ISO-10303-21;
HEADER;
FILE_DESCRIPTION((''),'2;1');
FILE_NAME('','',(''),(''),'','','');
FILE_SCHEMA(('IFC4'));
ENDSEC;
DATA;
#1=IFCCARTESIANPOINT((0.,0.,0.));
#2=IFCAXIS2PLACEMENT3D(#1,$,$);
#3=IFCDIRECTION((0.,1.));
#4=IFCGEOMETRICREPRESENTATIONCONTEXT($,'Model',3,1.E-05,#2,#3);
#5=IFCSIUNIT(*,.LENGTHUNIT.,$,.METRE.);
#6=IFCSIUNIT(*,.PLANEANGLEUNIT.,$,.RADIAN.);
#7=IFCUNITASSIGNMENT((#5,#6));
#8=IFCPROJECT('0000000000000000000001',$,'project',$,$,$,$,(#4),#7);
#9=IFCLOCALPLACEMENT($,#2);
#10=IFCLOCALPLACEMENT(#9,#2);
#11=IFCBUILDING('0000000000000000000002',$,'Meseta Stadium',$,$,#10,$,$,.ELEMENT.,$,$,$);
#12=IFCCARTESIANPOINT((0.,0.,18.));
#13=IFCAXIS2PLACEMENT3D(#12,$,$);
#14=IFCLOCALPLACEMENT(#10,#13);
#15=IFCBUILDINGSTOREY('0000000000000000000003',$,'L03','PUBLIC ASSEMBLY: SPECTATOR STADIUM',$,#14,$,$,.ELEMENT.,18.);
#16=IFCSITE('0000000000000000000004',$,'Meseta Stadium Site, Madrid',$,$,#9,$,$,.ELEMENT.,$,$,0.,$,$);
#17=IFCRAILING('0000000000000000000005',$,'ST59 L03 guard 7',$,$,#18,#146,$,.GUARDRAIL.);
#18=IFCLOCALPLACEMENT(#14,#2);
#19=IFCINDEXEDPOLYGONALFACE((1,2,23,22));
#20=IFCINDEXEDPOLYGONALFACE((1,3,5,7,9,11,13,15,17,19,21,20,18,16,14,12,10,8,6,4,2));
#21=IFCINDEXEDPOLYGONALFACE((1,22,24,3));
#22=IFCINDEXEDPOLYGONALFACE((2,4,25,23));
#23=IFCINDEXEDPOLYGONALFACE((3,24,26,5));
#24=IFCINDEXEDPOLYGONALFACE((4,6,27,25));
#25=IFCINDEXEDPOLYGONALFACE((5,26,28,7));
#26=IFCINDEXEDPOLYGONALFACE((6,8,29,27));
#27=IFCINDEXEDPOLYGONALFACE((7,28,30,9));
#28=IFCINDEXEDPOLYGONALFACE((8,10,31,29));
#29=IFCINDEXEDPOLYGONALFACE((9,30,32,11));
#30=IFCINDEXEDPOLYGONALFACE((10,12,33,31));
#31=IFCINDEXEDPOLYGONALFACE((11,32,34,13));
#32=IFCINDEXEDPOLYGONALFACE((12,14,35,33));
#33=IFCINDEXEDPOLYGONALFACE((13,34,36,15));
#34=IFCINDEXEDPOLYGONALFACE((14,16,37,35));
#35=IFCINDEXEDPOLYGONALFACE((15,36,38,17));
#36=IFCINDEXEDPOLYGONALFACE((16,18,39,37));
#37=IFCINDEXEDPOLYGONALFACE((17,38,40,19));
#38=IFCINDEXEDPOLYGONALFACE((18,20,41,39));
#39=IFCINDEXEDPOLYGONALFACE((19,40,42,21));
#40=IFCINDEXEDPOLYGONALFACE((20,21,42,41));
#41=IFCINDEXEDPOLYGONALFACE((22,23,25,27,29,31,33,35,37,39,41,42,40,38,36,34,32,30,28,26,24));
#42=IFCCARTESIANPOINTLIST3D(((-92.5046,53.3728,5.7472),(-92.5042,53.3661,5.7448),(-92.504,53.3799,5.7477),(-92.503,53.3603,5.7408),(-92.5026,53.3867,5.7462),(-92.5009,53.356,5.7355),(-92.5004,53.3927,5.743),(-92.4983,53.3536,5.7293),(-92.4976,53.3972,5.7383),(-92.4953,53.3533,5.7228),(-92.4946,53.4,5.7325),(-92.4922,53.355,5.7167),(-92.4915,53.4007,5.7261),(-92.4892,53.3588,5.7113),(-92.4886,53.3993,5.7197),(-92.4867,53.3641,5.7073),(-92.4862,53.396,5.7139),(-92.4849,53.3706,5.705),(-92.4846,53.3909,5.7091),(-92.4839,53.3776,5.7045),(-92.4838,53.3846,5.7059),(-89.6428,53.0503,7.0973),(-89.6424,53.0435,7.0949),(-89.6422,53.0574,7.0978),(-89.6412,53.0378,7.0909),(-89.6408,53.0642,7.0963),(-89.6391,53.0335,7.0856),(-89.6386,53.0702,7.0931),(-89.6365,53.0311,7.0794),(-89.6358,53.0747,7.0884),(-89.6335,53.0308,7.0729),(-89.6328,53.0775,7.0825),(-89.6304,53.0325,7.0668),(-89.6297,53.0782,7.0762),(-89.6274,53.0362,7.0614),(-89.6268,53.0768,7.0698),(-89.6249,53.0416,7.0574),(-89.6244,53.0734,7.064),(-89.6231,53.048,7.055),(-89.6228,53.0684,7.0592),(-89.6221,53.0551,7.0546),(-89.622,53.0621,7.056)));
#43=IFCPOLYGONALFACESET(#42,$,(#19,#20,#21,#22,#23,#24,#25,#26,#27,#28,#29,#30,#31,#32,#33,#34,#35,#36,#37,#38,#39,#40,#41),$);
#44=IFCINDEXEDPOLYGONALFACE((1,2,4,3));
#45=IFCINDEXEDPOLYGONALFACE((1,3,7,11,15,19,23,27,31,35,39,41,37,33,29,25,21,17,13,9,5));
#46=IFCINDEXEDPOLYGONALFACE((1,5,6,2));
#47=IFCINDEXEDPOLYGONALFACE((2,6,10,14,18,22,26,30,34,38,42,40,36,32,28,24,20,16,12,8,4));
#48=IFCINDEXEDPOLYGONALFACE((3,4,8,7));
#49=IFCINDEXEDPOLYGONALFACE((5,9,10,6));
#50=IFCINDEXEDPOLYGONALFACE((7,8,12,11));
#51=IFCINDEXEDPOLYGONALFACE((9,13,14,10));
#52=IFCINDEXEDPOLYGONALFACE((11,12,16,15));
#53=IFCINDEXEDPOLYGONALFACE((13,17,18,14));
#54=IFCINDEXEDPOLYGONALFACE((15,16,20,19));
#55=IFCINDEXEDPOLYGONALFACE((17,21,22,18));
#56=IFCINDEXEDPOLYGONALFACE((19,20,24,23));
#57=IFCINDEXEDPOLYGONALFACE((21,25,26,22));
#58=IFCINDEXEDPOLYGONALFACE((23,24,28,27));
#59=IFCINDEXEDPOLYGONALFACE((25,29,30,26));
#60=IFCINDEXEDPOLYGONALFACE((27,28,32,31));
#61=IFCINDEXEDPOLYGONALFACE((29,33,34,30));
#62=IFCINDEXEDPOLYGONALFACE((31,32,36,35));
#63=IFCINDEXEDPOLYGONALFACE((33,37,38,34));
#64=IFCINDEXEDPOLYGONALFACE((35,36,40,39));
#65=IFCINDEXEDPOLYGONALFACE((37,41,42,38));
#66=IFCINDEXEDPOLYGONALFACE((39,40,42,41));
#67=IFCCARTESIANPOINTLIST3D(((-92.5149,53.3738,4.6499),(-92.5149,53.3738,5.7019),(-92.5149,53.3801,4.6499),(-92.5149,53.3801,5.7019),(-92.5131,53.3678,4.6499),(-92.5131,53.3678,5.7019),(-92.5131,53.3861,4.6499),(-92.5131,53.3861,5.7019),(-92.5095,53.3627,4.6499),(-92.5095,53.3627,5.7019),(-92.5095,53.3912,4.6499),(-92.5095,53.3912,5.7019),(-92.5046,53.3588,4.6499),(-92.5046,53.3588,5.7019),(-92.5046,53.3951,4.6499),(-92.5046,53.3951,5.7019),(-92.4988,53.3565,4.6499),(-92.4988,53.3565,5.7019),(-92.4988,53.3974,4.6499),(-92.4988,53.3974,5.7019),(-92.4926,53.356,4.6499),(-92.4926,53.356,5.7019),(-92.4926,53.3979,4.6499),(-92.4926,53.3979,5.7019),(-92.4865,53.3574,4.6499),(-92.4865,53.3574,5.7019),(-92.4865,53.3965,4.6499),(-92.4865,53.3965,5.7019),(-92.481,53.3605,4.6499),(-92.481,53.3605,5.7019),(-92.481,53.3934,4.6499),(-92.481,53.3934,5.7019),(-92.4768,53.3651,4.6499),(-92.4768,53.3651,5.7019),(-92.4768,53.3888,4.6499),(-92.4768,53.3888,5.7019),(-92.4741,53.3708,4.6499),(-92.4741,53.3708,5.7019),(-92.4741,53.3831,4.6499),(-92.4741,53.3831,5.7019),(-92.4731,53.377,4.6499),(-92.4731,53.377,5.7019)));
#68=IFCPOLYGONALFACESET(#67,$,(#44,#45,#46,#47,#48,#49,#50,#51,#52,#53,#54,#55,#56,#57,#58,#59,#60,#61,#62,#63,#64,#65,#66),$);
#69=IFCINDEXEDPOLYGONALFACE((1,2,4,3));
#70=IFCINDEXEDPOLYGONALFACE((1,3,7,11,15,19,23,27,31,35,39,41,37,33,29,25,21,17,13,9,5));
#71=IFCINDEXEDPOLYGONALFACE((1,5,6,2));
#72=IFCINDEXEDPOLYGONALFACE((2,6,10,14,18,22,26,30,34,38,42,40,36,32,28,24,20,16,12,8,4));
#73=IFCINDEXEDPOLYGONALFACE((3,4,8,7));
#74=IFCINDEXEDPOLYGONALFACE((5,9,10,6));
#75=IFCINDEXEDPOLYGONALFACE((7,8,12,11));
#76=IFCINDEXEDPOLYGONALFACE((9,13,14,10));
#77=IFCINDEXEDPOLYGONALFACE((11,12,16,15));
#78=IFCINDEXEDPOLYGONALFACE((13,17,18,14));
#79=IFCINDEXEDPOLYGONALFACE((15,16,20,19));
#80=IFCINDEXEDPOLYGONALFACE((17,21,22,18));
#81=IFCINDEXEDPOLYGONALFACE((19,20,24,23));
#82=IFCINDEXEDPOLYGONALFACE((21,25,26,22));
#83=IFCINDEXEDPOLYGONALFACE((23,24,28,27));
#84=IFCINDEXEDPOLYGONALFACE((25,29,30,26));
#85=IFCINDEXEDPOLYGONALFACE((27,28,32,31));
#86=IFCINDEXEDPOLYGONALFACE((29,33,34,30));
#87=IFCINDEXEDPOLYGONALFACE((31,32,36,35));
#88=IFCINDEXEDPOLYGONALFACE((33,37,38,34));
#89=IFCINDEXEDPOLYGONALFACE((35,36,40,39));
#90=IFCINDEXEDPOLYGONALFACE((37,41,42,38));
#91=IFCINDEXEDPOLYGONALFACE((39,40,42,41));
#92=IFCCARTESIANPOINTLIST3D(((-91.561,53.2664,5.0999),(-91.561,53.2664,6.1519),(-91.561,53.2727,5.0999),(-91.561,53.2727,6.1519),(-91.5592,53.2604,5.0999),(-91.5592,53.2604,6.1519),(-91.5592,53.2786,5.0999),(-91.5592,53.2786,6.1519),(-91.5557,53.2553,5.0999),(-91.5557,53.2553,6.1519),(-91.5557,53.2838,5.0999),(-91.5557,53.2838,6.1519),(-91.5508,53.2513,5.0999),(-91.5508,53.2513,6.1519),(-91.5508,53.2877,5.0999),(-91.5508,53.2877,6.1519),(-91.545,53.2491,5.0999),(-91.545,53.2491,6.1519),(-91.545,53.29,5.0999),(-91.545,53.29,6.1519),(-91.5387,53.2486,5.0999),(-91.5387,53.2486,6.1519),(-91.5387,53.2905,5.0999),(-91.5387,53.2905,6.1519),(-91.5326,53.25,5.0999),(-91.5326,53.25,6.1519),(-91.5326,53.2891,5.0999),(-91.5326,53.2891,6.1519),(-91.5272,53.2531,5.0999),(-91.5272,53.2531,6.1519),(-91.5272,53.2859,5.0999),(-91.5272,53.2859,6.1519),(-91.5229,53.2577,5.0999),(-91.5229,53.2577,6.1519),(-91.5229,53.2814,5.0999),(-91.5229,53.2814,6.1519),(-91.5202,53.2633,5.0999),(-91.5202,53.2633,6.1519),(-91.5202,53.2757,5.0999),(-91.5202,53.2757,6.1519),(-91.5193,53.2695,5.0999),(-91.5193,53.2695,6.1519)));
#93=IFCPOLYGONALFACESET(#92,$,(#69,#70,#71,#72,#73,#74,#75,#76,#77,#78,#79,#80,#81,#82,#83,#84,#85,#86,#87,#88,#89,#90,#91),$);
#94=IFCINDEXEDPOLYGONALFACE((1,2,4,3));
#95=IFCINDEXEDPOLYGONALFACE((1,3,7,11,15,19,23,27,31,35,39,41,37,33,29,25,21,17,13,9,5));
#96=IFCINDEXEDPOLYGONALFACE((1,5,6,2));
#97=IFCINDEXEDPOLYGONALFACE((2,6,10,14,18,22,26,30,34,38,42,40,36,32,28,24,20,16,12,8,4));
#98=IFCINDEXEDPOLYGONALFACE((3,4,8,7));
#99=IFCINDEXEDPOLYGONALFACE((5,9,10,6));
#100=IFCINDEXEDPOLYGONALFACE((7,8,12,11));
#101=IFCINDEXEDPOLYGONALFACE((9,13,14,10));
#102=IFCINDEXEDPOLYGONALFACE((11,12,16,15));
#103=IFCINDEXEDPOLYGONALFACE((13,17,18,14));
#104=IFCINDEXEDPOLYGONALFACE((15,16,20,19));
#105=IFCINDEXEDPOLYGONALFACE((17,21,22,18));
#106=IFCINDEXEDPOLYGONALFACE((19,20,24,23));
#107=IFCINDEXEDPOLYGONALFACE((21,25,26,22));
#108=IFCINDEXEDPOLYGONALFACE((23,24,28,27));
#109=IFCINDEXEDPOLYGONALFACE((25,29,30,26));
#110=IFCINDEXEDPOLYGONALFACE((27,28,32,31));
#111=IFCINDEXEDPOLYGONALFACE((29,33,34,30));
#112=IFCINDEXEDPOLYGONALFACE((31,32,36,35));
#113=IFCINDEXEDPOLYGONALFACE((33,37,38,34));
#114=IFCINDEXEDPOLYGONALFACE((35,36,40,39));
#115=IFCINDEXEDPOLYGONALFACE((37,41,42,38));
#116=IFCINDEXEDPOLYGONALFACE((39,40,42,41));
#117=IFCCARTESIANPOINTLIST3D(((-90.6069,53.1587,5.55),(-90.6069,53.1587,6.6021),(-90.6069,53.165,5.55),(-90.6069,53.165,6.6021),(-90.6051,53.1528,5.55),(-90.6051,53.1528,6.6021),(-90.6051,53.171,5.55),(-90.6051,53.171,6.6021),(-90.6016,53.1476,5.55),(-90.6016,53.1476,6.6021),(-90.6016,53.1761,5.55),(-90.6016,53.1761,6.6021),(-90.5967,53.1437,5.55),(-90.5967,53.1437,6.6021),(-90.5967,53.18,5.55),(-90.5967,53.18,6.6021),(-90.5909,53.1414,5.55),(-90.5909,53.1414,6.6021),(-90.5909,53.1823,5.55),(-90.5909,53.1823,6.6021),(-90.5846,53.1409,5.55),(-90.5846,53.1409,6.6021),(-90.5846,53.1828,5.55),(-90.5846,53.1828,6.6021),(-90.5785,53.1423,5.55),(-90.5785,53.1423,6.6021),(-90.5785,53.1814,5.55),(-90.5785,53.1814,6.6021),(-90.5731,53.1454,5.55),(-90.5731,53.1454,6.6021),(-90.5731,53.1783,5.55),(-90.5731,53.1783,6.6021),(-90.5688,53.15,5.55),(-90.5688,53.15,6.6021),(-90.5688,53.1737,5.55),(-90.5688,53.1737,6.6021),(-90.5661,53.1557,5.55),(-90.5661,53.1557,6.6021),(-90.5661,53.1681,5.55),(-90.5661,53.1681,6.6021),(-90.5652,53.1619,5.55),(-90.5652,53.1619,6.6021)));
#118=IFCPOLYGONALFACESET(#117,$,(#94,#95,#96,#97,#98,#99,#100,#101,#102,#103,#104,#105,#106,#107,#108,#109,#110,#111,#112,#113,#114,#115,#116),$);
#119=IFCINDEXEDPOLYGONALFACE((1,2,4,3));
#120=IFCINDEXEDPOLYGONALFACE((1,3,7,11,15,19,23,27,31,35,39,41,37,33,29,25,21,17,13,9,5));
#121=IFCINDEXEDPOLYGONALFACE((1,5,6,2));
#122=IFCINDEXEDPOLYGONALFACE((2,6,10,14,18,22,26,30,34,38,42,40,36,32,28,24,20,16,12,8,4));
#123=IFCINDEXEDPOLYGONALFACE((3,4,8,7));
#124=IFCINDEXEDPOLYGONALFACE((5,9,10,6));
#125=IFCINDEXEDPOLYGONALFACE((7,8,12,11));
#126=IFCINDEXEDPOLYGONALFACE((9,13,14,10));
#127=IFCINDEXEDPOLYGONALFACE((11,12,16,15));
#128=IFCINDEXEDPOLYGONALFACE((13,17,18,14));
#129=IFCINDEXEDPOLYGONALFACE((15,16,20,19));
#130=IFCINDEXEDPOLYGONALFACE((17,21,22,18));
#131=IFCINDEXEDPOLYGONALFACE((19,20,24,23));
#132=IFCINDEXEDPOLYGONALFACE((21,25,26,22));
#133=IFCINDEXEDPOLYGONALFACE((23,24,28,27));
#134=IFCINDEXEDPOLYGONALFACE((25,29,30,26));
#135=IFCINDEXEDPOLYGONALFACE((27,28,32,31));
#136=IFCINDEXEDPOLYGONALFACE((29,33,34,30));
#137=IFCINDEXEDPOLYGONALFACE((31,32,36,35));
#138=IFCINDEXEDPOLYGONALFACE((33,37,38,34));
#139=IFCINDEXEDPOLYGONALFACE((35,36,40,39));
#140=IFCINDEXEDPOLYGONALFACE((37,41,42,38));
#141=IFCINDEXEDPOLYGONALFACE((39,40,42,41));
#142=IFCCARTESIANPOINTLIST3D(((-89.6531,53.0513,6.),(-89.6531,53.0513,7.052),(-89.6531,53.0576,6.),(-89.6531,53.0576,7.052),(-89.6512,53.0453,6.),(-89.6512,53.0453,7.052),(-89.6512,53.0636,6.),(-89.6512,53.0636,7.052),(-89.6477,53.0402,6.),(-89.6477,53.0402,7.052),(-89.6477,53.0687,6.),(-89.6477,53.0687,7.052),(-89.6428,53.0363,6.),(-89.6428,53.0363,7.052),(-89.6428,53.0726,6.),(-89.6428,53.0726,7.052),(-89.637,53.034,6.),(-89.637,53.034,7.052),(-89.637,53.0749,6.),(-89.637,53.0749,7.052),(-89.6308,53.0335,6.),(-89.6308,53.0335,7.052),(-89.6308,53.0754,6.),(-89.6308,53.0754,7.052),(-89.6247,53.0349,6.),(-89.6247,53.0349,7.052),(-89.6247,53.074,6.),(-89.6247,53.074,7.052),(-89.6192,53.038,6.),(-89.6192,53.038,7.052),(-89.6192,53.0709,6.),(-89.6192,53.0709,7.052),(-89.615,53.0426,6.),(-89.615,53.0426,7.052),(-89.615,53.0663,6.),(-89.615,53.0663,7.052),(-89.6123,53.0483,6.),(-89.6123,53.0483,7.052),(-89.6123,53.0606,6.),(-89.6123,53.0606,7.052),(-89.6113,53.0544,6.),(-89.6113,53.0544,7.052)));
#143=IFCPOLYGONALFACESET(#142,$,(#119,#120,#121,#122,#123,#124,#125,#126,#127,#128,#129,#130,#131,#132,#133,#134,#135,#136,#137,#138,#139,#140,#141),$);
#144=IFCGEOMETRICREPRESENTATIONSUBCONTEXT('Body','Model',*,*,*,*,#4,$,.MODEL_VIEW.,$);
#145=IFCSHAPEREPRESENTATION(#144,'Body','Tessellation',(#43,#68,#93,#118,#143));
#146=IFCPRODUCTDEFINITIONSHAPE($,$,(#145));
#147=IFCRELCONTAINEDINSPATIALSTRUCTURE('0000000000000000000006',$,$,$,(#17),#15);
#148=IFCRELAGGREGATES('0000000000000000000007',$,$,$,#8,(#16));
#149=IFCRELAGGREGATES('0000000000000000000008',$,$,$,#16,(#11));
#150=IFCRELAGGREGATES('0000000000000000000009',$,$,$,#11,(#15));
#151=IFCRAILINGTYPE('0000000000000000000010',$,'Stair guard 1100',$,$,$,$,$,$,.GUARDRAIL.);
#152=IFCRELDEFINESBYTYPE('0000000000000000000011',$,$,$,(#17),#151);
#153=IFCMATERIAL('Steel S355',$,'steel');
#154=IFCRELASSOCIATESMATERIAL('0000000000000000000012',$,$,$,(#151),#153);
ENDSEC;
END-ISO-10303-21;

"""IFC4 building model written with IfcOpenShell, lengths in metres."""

from ifc_helpers import new_model, si_unit, direction, frame, origin, origin_2d, place, context, subcontext, project, spatial, circle, extrude, material, type_object, element, save


model = new_model("IFC4")

# Units and contexts
model_context = context("Model", 3, precision=1e-05, world=origin(), true_north=direction((0.0, 1.0)))
body_context = subcontext(model_context, "Body", "Model", "MODEL_VIEW")
ifc_project = project(units=[si_unit("LENGTHUNIT", "METRE"), si_unit("PLANEANGLEUNIT", "RADIAN")], contexts=[model_context])

# Site, building, storey
site_placement = place(None, origin())
site = spatial("IfcSite", under=ifc_project, at=site_placement, Name="Meseta Stadium Site, Madrid", CompositionType="ELEMENT", RefElevation=0.0)
building_placement = place(site_placement, origin())
building = spatial("IfcBuilding", under=site, at=building_placement, Name="Meseta Stadium", CompositionType="ELEMENT")
storey_placement = place(building_placement, frame((0.0, 0.0, 18.0)))
storey = spatial("IfcBuildingStorey", under=building, at=storey_placement, Name="L03", Description="PUBLIC ASSEMBLY: SPECTATOR STADIUM", CompositionType="ELEMENT", Elevation=18.0)

# Railing
ifc_material_1 = material(Name="Steel S355", Category="steel")
railing_type_1 = type_object("IfcRailingType", Name="Stair guard 1100", PredefinedType="GUARDRAIL", material=ifc_material_1)
railing_1_placement = place(storey_placement, frame((-92.4941, 53.377, 4.6499)))
element("IfcRailing", 1, at=railing_1_placement, inside=storey, type_object=railing_type_1, Name="ST59 L03 guard 7", PredefinedType="GUARDRAIL", context=body_context, shape_type="SweptSolid", body=[
    extrude(circle(Radius=0.0239, at=origin_2d()), frame((0.0, 0.0, 1.0762), z_axis=(0.899748, -0.101396, 0.424467), x_axis=(0.111985, 0.99371, 0.0)), (0.0, 0.0, 1.0), 3.1807),
    extrude(circle(Radius=0.021, at=origin_2d()), origin(), (0.0, 0.0, 1.0), 1.052),
    extrude(circle(Radius=0.021, at=origin_2d()), frame((0.9539, -0.1074, 0.45)), (0.0, 0.0, 1.0), 1.052),
    extrude(circle(Radius=0.021, at=origin_2d()), frame((1.908, -0.2151, 0.9001)), (0.0, 0.0, 1.0), 1.052),
    extrude(circle(Radius=0.021, at=origin_2d()), frame((2.8618, -0.3225, 1.3501)), (0.0, 0.0, 1.0), 1.052),
])

save(model, "model.ifc")
